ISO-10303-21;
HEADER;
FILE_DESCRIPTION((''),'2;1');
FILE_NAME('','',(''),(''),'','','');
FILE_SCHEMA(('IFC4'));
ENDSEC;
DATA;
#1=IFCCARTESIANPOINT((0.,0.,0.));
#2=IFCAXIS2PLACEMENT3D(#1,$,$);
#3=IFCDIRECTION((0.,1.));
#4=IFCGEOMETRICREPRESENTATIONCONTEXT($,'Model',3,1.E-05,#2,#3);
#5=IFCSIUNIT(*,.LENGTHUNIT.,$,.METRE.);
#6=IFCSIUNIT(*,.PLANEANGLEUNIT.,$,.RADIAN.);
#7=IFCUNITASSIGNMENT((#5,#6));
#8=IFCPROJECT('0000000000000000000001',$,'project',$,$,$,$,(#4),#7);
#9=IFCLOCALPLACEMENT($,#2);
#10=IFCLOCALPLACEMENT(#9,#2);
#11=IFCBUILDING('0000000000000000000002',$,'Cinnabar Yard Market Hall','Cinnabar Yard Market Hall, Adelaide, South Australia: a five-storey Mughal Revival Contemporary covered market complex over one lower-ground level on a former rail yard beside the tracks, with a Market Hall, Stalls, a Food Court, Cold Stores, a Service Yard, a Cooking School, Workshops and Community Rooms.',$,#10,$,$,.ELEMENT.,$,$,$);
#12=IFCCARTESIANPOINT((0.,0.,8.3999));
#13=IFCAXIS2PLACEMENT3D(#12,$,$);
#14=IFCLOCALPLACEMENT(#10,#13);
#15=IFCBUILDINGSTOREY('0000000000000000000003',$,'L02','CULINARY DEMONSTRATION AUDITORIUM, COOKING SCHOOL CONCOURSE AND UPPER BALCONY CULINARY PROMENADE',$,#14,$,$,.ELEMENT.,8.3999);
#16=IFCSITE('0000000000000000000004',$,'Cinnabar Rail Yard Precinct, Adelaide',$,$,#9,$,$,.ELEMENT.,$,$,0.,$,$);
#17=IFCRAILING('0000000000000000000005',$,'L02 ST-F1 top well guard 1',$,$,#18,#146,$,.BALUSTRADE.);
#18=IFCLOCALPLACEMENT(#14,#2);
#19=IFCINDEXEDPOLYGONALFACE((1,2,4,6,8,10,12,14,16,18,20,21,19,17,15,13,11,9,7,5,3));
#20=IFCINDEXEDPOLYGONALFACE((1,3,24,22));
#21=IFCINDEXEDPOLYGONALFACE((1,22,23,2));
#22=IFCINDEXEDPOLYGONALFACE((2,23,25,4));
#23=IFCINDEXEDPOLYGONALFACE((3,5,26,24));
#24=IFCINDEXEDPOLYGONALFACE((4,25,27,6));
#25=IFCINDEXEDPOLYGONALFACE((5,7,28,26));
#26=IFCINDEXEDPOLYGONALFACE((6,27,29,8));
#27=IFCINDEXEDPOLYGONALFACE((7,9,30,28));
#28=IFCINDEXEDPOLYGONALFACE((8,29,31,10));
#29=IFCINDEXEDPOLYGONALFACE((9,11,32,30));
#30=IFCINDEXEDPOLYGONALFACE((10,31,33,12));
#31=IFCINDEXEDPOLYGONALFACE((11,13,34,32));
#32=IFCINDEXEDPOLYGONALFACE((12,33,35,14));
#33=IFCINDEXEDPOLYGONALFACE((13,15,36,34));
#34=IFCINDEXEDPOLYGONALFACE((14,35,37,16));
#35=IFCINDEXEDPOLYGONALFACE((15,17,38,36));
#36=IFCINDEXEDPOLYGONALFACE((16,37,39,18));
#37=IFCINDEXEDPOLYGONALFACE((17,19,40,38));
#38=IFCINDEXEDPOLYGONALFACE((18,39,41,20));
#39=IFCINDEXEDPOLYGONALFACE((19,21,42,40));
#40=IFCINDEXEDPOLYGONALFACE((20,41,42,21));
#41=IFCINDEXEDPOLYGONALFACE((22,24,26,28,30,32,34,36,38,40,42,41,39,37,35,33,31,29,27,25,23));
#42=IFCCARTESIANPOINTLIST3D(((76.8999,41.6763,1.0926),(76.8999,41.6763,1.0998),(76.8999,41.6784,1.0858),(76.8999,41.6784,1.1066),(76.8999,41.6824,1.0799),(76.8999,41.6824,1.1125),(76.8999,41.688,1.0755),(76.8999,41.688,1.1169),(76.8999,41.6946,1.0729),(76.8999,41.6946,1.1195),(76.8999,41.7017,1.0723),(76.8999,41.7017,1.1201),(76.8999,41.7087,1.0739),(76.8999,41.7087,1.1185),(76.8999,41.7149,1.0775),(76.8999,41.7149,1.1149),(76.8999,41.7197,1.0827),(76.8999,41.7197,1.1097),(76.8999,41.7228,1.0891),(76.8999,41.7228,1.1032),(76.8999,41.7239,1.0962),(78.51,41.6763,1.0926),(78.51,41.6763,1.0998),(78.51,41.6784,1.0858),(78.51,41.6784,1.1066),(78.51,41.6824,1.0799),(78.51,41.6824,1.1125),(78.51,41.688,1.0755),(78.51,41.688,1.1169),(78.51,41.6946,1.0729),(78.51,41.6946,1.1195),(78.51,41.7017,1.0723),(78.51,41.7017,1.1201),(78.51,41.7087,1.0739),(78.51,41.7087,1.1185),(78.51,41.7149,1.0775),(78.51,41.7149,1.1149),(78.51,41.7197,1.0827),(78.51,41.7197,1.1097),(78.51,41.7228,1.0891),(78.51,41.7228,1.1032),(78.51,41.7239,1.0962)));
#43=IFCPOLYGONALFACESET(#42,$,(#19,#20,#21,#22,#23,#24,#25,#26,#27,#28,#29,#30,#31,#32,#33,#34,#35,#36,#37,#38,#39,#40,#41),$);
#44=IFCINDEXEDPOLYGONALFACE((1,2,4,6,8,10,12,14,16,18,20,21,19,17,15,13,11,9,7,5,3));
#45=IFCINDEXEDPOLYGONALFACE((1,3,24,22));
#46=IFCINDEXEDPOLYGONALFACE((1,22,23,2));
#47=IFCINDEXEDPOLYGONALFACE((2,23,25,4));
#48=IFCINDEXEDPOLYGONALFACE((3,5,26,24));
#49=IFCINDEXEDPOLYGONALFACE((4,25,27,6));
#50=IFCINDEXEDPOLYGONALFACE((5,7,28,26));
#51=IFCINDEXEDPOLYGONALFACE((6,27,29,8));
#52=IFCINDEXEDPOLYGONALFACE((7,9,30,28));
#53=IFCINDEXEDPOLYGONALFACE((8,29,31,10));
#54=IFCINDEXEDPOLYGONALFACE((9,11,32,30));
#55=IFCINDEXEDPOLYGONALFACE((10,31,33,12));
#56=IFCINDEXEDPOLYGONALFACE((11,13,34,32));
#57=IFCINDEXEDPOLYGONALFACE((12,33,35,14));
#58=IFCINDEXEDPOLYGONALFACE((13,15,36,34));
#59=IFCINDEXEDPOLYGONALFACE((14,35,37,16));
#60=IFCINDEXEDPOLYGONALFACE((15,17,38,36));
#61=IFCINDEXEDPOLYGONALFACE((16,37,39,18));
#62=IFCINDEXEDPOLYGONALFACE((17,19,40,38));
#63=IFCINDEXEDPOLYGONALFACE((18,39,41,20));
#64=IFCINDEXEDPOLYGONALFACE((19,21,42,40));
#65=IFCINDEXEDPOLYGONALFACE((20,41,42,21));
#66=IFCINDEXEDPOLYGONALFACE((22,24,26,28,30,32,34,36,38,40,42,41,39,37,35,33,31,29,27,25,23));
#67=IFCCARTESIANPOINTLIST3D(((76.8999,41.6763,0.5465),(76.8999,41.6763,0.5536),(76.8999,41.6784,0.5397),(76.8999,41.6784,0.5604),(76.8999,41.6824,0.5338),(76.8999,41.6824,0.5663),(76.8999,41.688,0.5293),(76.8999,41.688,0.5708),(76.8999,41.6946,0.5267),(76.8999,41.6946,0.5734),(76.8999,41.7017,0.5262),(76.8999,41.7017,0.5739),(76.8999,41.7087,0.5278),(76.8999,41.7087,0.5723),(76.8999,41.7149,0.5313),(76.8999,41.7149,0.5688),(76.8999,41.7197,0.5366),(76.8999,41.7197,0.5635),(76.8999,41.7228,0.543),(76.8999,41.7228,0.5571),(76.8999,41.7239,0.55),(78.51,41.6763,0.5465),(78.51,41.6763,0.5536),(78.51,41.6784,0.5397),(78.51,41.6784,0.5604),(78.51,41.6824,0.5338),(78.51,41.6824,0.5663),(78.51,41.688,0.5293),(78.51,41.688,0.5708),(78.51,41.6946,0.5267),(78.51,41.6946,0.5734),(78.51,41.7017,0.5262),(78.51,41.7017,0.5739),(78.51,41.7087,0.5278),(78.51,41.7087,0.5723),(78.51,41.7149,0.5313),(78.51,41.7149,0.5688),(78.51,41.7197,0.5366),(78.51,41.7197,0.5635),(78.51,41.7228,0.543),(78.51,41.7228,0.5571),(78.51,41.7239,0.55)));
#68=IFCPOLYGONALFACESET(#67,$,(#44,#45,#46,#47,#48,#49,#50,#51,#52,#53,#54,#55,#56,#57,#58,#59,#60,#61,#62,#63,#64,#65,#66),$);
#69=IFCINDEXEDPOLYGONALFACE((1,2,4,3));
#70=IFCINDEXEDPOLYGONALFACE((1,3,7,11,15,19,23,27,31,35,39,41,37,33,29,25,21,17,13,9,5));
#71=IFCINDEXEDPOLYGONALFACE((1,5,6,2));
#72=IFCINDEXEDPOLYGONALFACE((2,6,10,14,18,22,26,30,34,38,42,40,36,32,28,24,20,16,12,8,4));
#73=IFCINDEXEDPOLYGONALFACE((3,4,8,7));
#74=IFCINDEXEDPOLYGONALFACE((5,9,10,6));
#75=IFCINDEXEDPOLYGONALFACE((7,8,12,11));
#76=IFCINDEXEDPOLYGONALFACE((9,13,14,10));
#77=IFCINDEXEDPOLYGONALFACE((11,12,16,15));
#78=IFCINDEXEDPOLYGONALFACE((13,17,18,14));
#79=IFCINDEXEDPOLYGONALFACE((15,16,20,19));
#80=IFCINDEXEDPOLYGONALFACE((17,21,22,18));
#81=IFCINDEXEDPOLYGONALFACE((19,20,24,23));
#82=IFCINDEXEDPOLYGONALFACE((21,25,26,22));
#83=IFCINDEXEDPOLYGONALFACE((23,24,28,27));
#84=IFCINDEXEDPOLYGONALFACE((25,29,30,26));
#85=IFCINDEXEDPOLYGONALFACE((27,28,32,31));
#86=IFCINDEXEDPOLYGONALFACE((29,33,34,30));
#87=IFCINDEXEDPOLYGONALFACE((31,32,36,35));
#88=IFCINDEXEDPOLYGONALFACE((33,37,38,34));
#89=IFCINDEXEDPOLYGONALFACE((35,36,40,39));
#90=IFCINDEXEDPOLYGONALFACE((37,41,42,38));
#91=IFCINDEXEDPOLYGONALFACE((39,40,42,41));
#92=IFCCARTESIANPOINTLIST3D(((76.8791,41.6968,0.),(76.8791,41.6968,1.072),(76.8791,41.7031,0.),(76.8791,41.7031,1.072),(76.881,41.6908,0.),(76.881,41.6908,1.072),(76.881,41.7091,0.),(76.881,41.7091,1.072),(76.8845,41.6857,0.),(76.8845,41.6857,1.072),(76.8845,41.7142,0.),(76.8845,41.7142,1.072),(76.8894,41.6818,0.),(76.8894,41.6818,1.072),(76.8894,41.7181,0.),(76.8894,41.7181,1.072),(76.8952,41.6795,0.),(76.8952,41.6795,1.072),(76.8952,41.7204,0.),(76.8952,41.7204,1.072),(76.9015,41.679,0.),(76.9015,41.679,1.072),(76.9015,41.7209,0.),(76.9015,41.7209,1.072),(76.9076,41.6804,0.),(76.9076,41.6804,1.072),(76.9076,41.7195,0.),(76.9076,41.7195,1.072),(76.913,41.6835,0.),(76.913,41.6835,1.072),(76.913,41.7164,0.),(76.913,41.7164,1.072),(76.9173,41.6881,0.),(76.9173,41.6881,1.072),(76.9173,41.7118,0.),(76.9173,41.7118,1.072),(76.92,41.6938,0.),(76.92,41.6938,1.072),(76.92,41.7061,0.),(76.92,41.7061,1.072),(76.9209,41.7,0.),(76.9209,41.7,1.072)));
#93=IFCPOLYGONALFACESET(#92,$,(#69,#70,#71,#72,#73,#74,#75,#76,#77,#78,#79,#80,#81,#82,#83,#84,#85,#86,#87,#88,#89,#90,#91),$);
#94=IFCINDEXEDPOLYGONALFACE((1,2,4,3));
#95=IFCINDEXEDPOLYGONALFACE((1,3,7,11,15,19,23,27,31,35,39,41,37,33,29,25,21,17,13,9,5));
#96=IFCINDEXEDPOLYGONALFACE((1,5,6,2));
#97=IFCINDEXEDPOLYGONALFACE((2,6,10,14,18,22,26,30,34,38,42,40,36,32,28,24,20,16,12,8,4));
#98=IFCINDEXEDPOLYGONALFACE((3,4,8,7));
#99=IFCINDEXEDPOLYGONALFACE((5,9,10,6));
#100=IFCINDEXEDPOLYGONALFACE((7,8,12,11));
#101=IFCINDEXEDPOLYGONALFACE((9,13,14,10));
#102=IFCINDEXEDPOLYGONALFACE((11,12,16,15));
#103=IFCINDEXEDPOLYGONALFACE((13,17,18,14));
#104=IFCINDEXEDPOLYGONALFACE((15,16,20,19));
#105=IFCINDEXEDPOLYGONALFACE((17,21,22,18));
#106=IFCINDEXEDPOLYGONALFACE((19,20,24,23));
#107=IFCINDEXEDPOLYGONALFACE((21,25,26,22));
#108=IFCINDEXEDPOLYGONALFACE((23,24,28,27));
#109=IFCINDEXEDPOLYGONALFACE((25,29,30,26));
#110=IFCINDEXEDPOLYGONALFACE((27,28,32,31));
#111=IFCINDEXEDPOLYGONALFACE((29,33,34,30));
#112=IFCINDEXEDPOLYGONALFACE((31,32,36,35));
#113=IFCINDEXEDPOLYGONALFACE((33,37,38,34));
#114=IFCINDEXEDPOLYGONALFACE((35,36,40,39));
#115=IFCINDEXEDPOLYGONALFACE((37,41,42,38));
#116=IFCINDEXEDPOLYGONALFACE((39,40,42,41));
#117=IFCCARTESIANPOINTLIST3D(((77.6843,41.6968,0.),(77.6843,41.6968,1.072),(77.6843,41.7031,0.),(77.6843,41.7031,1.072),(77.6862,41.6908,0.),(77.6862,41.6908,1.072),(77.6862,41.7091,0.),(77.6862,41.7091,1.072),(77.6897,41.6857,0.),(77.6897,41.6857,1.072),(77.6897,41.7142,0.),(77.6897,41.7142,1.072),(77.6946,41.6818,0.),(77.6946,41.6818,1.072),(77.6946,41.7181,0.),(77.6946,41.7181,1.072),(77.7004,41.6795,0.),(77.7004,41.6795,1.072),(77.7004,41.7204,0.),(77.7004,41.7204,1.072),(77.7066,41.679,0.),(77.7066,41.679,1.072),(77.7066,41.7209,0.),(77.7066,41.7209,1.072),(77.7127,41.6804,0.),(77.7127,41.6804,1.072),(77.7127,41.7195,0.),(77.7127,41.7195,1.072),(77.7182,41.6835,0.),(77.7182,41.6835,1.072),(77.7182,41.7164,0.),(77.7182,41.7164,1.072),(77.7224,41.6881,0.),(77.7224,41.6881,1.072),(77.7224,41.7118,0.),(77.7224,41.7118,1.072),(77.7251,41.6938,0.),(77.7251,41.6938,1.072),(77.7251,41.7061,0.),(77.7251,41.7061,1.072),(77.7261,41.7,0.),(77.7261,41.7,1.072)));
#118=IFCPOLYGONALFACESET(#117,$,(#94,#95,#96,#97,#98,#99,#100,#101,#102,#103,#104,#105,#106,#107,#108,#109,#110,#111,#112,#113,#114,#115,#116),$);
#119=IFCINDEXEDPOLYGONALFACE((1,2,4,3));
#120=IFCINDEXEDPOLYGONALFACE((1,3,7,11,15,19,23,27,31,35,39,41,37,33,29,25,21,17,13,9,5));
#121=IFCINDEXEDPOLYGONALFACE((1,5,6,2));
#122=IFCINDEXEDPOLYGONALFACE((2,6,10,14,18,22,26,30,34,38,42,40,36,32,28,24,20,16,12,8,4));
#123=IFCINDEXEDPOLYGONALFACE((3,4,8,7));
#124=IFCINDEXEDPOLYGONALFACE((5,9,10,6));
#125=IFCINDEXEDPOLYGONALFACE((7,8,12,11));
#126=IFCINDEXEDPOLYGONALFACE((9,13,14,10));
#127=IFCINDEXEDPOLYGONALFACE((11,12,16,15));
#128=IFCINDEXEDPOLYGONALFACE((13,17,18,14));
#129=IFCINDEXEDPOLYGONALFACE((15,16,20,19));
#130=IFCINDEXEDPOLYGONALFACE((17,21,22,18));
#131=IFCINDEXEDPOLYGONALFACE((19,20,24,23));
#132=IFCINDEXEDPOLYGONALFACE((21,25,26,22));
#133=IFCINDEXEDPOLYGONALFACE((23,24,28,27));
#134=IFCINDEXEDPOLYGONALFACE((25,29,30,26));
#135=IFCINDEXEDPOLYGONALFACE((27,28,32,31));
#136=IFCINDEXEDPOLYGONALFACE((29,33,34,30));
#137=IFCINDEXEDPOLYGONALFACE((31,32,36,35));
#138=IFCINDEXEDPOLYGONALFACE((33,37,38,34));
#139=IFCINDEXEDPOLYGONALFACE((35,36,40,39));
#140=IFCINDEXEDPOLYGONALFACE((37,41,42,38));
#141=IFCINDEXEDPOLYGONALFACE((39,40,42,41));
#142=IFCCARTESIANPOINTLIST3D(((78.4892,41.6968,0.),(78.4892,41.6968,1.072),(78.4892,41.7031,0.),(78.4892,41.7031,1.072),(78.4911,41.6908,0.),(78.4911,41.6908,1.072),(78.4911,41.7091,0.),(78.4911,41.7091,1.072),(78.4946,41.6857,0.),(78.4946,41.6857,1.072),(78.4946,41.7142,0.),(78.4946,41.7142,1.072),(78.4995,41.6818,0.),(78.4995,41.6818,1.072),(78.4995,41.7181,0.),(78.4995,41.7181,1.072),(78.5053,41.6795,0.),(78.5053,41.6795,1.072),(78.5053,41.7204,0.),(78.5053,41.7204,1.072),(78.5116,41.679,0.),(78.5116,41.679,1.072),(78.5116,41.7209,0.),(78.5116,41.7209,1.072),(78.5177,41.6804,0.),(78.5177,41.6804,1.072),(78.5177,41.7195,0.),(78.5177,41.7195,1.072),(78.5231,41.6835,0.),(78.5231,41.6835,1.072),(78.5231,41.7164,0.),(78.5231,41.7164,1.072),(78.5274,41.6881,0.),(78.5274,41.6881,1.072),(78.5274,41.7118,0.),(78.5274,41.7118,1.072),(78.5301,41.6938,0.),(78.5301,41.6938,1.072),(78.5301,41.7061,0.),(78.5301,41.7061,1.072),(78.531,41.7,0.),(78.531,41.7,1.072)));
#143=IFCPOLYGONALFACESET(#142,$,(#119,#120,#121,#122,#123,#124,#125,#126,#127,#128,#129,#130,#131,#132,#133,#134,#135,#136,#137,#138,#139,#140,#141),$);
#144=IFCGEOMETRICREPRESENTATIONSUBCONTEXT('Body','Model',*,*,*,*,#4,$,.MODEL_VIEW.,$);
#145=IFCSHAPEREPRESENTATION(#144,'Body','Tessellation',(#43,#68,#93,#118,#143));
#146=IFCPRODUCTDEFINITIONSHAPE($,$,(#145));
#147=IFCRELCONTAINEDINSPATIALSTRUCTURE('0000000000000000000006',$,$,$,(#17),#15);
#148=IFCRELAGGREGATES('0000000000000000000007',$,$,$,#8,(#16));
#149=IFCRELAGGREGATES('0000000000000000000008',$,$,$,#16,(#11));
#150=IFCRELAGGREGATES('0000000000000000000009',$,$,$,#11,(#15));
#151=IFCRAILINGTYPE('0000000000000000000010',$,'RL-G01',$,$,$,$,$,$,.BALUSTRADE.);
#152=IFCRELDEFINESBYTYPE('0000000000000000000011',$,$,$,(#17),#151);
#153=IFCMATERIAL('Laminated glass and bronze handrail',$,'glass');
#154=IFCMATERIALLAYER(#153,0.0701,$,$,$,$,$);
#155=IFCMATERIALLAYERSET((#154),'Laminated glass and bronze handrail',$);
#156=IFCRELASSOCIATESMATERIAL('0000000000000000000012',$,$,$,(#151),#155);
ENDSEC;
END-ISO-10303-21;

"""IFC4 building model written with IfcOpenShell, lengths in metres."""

from ifc_helpers import new_model, si_unit, direction, frame, origin, origin_2d_with_axis, place, context, subcontext, project, spatial, circle, extrude, material, layer, layer_set, type_object, element, save


model = new_model("IFC4")

# Units and contexts
model_context = context("Model", 3, precision=1e-05, world=origin(), true_north=direction((0.0, 1.0)))
body_context = subcontext(model_context, "Body", "Model", "MODEL_VIEW")
ifc_project = project(units=[si_unit("LENGTHUNIT", "METRE"), si_unit("PLANEANGLEUNIT", "RADIAN")], contexts=[model_context])

# Site, building, storey
site_placement = place(None, origin())
site = spatial("IfcSite", under=ifc_project, at=site_placement, Name="Cinnabar Rail Yard Precinct, Adelaide", CompositionType="ELEMENT", RefElevation=0.0)
building_placement = place(site_placement, origin())
building = spatial("IfcBuilding", under=site, at=building_placement, Name="Cinnabar Yard Market Hall", Description="Cinnabar Yard Market Hall, Adelaide, South Australia: a five-storey Mughal Revival Contemporary covered market complex over one lower-ground level on a former rail yard beside the tracks, with a Market Hall, Stalls, a Food Court, Cold Stores, a Service Yard, a Cooking School, Workshops and Community Rooms.", CompositionType="ELEMENT")
storey_placement = place(building_placement, frame((0.0, 0.0, 8.3999)))
storey = spatial("IfcBuildingStorey", under=building, at=storey_placement, Name="L02", Description="CULINARY DEMONSTRATION AUDITORIUM, COOKING SCHOOL CONCOURSE AND UPPER BALCONY CULINARY PROMENADE", CompositionType="ELEMENT", Elevation=8.3999)

# Railing
ifc_material_1 = material(Name="Laminated glass and bronze handrail", Category="glass")
ifc_layer_1 = layer(ifc_material_1, 0.0701)
ifc_layer_set_1 = layer_set([ifc_layer_1], Name="Laminated glass and bronze handrail")
railing_type = type_object("IfcRailingType", Name="RL-G01", PredefinedType="BALUSTRADE", material=ifc_layer_set_1)
railing_placement = place(storey_placement, frame((76.8999, 41.7, 0.0)))
element("IfcRailing", 1, at=railing_placement, inside=storey, type_object=railing_type, Name="L02 ST-F1 top well guard 1", PredefinedType="BALUSTRADE", context=body_context, shape_type="SweptSolid", body=[
    extrude(circle(Radius=0.0239, at=origin_2d_with_axis()), frame((0.0, 0.0, 1.0962), z_axis=(1.0, 0.0, 0.0), x_axis=(0.0, 1.0, 0.0)), (0.0, 0.0, 1.0), 1.6101),
    extrude(circle(Radius=0.0239, at=origin_2d_with_axis()), frame((0.0, 0.0, 0.55), z_axis=(1.0, 0.0, 0.0), x_axis=(0.0, 1.0, 0.0)), (0.0, 0.0, 1.0), 1.6101),
    extrude(circle(Radius=0.021, at=origin_2d_with_axis()), origin(), (0.0, 0.0, 1.0), 1.072),
    extrude(circle(Radius=0.021, at=origin_2d_with_axis()), frame((0.8052, 0.0, 0.0)), (0.0, 0.0, 1.0), 1.072),
    extrude(circle(Radius=0.021, at=origin_2d_with_axis()), frame((1.6101, 0.0, 0.0)), (0.0, 0.0, 1.0), 1.072),
])

save(model, "model.ifc")
